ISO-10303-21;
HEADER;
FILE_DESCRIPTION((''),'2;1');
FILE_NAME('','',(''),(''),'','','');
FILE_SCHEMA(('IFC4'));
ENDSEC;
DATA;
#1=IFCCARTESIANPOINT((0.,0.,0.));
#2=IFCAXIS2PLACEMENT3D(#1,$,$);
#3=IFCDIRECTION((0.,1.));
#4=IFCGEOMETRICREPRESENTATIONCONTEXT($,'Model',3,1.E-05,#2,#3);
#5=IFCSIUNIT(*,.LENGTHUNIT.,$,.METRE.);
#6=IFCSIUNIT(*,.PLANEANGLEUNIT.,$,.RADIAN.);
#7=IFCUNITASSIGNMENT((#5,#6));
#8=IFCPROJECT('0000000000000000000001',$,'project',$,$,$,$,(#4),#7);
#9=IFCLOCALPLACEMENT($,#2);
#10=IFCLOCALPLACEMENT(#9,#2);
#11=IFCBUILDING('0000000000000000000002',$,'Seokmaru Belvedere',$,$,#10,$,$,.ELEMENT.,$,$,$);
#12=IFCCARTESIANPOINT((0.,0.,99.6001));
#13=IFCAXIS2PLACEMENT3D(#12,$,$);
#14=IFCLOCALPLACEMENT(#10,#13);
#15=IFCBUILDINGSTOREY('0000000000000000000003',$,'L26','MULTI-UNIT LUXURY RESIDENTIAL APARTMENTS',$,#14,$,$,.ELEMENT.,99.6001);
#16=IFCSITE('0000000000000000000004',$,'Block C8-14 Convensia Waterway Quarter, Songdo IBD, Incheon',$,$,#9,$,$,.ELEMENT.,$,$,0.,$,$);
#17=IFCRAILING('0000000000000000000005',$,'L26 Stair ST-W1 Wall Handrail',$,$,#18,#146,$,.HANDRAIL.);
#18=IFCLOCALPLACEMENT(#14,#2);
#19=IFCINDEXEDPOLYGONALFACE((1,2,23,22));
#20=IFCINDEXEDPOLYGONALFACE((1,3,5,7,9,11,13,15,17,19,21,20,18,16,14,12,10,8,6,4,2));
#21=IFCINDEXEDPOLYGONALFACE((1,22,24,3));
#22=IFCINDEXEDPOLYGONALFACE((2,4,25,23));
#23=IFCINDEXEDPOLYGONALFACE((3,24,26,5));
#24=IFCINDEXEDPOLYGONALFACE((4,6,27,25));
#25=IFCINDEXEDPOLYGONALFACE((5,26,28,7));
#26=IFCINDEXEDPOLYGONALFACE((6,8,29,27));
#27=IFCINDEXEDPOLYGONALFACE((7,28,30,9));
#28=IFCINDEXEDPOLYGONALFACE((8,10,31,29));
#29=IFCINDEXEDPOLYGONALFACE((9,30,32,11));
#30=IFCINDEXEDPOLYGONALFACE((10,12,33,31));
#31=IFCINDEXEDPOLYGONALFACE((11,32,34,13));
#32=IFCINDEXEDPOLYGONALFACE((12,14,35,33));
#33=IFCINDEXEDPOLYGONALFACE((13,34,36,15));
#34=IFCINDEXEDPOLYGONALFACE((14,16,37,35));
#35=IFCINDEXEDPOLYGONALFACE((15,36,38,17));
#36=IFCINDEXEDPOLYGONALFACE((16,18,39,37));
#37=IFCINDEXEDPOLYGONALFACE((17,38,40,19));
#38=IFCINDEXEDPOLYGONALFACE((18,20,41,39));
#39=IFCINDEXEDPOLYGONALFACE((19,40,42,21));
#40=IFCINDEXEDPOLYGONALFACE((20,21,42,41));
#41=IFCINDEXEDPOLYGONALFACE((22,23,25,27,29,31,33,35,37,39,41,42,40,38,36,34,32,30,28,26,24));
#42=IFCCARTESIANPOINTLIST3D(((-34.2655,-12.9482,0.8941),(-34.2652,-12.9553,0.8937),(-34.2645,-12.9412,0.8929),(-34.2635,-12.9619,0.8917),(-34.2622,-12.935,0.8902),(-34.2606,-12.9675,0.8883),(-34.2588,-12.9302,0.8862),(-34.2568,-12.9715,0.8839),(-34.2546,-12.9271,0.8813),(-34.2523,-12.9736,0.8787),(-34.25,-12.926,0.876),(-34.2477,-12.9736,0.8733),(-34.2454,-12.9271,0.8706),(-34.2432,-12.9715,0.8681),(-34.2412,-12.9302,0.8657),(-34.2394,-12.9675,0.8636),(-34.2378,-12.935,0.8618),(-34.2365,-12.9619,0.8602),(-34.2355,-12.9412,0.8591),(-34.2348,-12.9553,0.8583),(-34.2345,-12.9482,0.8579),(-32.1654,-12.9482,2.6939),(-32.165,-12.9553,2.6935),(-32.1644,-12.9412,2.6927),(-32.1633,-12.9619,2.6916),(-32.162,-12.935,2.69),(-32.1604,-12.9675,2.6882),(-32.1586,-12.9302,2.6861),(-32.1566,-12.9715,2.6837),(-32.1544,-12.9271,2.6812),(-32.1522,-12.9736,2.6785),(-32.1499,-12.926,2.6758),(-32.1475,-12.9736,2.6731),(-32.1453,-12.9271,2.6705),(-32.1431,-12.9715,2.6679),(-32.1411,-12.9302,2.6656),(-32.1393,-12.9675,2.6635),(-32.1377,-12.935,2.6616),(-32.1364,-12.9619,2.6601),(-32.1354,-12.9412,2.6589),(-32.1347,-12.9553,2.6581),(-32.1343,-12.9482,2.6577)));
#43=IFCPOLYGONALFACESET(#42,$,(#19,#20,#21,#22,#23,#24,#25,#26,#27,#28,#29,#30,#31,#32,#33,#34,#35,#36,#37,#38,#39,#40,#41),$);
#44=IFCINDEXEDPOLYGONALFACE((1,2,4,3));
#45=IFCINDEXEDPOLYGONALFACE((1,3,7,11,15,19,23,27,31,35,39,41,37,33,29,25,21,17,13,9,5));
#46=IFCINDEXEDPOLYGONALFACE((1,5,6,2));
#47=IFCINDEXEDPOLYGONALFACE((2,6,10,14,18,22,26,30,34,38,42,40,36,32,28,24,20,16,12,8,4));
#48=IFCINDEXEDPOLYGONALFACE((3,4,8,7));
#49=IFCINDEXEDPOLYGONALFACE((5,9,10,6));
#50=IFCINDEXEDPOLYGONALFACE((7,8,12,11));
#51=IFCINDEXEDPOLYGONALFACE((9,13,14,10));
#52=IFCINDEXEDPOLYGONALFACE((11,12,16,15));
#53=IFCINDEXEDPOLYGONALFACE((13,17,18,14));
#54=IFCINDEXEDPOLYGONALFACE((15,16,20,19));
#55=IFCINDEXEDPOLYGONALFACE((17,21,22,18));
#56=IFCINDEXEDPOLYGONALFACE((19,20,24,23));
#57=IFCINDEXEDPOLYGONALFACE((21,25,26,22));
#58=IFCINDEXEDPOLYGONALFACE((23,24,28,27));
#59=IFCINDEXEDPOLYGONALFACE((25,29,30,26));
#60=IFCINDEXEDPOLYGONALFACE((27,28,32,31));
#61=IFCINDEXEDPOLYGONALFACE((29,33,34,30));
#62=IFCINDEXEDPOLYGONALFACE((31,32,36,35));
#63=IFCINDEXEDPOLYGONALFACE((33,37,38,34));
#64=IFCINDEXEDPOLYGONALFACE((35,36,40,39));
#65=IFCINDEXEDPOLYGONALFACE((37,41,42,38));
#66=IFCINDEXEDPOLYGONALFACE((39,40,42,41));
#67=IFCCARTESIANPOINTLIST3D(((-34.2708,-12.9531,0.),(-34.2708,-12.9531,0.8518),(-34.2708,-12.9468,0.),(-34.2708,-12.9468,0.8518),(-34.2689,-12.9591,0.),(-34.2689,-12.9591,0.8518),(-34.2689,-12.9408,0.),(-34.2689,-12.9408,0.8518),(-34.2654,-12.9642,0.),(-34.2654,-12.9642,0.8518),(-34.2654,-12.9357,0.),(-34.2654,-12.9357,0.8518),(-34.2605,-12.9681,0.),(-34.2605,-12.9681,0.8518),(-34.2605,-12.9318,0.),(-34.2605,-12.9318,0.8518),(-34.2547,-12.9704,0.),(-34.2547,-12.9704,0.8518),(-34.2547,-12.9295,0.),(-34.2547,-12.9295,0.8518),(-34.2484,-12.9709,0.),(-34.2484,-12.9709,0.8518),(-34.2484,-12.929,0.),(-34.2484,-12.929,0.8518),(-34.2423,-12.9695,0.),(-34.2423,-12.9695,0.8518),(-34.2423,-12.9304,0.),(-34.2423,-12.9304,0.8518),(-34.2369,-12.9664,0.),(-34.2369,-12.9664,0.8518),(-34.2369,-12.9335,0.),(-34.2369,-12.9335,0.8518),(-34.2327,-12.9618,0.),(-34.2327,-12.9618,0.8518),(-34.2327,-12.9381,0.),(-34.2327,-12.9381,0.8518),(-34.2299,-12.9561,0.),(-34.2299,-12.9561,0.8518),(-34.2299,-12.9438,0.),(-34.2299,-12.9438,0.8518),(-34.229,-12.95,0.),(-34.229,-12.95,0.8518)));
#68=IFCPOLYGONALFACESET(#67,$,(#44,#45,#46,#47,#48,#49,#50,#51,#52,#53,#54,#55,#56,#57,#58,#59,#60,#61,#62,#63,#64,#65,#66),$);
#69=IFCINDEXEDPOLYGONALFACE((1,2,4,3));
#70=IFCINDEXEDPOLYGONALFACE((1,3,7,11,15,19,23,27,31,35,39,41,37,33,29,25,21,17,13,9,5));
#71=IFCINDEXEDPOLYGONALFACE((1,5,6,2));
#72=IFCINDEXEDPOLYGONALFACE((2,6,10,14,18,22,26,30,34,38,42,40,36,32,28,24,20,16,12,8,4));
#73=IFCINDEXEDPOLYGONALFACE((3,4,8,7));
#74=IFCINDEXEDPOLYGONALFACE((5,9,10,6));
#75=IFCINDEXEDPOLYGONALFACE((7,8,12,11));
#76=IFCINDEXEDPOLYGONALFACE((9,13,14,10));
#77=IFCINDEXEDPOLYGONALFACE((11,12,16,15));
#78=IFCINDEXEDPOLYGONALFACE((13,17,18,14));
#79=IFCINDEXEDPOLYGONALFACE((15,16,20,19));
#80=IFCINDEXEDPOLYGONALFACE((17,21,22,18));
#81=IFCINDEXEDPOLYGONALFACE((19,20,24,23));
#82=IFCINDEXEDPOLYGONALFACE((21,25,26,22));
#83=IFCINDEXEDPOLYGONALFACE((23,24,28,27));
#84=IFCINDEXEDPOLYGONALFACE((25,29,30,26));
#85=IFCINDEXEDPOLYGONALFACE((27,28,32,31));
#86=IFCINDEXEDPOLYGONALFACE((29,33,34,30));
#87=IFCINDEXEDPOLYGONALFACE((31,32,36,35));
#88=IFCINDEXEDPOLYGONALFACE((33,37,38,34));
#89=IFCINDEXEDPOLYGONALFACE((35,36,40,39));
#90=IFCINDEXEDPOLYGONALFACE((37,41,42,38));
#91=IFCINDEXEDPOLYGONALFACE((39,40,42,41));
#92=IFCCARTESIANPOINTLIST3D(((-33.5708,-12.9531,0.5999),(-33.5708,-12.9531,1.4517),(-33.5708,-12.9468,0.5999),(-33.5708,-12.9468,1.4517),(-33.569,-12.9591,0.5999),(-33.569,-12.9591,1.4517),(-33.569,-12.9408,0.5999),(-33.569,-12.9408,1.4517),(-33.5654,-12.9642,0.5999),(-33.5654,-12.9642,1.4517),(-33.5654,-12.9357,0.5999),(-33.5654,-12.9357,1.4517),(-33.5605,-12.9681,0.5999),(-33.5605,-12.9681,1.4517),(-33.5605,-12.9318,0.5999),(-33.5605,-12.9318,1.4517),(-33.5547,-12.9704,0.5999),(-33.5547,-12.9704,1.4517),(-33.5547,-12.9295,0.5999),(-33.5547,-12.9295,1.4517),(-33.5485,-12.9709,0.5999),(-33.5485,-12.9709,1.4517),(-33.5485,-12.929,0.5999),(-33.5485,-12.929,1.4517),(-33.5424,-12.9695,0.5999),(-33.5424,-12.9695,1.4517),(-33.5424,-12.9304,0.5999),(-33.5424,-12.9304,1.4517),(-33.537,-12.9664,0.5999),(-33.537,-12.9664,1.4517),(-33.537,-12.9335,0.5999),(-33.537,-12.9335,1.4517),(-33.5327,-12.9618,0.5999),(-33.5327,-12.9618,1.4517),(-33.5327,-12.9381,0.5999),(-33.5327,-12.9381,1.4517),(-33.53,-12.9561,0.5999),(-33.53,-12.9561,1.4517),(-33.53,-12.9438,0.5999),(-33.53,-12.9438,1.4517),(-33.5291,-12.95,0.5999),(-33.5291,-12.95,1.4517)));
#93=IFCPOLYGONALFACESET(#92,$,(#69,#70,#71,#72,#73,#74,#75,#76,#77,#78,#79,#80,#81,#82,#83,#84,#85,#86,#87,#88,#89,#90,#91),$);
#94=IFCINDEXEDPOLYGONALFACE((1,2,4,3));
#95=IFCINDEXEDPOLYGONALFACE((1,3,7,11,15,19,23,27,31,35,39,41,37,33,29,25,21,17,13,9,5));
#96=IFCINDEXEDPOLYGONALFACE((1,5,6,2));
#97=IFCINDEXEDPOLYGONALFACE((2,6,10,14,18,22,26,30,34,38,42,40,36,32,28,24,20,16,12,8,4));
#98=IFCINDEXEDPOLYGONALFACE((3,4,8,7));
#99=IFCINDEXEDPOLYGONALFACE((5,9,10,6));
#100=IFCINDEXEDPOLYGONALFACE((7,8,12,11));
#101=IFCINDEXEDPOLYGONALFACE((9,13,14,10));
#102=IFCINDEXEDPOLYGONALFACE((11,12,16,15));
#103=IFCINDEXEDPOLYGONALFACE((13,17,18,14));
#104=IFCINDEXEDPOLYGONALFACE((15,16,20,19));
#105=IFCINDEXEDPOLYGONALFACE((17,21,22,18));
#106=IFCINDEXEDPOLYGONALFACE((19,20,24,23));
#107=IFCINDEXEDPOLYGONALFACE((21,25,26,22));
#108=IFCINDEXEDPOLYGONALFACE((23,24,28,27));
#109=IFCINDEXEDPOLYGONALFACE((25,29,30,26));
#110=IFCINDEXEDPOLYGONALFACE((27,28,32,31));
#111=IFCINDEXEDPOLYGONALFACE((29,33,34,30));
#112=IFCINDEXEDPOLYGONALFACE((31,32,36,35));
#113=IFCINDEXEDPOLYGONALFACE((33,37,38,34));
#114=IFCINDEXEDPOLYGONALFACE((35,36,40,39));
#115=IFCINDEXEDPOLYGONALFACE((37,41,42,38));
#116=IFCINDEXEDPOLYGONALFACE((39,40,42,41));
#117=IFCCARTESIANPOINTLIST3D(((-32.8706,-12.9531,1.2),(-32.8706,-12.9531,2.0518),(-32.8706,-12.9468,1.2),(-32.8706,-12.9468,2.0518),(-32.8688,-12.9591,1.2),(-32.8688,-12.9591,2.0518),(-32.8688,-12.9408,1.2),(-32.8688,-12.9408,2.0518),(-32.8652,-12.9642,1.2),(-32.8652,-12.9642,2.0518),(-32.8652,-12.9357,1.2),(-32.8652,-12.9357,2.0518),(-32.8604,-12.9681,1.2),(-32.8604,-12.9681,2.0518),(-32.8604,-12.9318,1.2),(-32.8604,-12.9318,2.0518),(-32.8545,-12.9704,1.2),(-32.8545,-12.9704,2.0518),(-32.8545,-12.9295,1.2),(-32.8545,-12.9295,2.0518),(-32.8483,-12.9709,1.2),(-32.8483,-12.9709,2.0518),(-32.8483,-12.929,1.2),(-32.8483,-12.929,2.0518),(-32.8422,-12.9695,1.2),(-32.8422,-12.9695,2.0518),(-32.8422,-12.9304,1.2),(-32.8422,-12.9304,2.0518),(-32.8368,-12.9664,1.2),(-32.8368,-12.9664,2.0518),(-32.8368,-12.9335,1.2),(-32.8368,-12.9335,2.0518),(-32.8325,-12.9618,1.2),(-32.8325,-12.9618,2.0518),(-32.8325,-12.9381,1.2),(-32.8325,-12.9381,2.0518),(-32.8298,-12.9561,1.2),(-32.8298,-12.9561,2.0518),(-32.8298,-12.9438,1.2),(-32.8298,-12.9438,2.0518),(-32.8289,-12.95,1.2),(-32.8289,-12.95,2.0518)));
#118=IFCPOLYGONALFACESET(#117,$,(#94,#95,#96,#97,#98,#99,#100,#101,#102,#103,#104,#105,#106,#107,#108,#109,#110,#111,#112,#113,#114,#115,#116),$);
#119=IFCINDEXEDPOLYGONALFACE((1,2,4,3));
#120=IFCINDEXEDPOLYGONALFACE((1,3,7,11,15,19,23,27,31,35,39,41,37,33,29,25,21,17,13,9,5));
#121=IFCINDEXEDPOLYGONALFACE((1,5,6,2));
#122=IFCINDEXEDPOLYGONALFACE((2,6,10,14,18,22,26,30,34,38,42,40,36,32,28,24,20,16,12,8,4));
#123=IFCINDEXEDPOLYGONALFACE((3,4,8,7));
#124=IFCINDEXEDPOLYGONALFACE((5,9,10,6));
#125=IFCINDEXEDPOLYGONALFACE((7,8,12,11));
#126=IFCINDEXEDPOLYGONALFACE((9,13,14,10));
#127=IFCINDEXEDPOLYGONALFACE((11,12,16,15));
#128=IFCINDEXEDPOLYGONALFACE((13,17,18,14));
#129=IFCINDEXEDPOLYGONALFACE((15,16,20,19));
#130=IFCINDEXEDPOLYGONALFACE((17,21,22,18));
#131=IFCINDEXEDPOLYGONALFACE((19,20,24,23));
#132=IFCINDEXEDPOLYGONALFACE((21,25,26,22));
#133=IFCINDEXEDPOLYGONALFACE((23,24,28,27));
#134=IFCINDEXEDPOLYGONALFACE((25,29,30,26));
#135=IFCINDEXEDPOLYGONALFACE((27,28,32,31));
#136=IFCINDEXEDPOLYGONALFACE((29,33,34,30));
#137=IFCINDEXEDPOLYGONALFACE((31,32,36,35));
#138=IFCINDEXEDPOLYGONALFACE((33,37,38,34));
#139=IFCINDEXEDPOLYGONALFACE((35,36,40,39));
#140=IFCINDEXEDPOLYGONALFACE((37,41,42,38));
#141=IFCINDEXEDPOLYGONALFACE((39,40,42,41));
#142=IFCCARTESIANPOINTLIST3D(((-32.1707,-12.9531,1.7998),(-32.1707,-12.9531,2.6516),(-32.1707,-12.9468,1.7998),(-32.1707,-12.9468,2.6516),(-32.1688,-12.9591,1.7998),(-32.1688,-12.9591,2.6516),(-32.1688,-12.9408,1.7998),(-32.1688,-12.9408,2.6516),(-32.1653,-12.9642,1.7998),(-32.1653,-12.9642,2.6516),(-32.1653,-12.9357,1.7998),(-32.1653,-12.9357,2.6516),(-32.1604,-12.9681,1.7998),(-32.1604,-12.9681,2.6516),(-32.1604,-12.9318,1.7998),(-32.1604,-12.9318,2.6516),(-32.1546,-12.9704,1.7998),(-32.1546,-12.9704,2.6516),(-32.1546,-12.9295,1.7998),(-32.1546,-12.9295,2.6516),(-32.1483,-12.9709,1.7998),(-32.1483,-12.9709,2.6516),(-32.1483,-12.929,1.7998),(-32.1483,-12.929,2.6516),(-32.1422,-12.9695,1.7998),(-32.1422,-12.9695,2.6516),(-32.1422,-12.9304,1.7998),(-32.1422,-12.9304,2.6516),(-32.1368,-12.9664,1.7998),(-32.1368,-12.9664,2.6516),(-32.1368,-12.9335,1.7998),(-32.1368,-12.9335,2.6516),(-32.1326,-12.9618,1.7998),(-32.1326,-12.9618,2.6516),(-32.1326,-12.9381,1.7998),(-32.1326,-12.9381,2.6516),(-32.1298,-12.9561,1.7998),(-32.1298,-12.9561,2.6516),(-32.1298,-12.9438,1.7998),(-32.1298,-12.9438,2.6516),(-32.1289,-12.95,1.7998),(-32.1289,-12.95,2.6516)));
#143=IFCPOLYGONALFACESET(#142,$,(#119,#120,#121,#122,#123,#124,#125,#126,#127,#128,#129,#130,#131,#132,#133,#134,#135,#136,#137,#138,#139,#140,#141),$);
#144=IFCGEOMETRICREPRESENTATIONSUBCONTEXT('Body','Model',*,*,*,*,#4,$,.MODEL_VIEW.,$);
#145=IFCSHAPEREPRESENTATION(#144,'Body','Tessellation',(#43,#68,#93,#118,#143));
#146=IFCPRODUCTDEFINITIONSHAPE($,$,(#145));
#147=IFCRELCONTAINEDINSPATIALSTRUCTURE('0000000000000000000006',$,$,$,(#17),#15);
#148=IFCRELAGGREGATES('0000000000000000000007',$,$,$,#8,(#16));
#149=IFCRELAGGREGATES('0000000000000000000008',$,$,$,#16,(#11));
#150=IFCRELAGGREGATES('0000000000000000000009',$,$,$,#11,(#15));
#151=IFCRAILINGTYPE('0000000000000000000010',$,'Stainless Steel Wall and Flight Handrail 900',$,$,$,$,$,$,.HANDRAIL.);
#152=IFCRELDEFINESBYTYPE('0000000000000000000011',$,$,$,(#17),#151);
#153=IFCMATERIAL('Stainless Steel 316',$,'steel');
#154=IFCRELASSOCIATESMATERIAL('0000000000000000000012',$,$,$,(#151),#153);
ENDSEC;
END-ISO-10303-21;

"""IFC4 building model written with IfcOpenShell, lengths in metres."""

from ifc_helpers import new_model, si_unit, direction, frame, origin, origin_2d, place, context, subcontext, project, spatial, circle, extrude, material, type_object, element, save


model = new_model("IFC4")

# Units and contexts
model_context = context("Model", 3, precision=1e-05, world=origin(), true_north=direction((0.0, 1.0)))
body_context = subcontext(model_context, "Body", "Model", "MODEL_VIEW")
ifc_project = project(units=[si_unit("LENGTHUNIT", "METRE"), si_unit("PLANEANGLEUNIT", "RADIAN")], contexts=[model_context])

# Site, building, storey
site_placement = place(None, origin())
site = spatial("IfcSite", under=ifc_project, at=site_placement, Name="Block C8-14 Convensia Waterway Quarter, Songdo IBD, Incheon", CompositionType="ELEMENT", RefElevation=0.0)
building_placement = place(site_placement, origin())
building = spatial("IfcBuilding", under=site, at=building_placement, Name="Seokmaru Belvedere", CompositionType="ELEMENT")
storey_placement = place(building_placement, frame((0.0, 0.0, 99.6001)))
storey = spatial("IfcBuildingStorey", under=building, at=storey_placement, Name="L26", Description="MULTI-UNIT LUXURY RESIDENTIAL APARTMENTS", CompositionType="ELEMENT", Elevation=99.6001)

# Shared definitions
ifc_material_1 = material(Name="Stainless Steel 316", Category="steel")

# Railing
railing_type_1 = type_object("IfcRailingType", Name="Stainless Steel Wall and Flight Handrail 900", PredefinedType="HANDRAIL", material=ifc_material_1)
railing_1_placement = place(storey_placement, frame((-34.25, -12.95, 0.0)))
element("IfcRailing", 1, at=railing_1_placement, inside=storey, type_object=railing_type_1, Name="L26 Stair ST-W1 Wall Handrail", PredefinedType="HANDRAIL", context=body_context, shape_type="SweptSolid", body=[
    extrude(circle(Radius=0.0239, at=origin_2d()), frame((0.0, 0.0, 0.876), z_axis=(0.759306, 0.0, 0.650733), x_axis=(0.0, 1.0, 0.0)), (0.0, 0.0, 1.0), 2.7659),
    extrude(circle(Radius=0.021, at=origin_2d()), origin(), (0.0, 0.0, 1.0), 0.8518),
    extrude(circle(Radius=0.021, at=origin_2d()), frame((0.7, 0.0, 0.5999)), (0.0, 0.0, 1.0), 0.8518),
    extrude(circle(Radius=0.021, at=origin_2d()), frame((1.4001, 0.0, 1.2)), (0.0, 0.0, 1.0), 0.8518),
    extrude(circle(Radius=0.021, at=origin_2d()), frame((2.1001, 0.0, 1.7998)), (0.0, 0.0, 1.0), 0.8518),
])

save(model, "model.ifc")
